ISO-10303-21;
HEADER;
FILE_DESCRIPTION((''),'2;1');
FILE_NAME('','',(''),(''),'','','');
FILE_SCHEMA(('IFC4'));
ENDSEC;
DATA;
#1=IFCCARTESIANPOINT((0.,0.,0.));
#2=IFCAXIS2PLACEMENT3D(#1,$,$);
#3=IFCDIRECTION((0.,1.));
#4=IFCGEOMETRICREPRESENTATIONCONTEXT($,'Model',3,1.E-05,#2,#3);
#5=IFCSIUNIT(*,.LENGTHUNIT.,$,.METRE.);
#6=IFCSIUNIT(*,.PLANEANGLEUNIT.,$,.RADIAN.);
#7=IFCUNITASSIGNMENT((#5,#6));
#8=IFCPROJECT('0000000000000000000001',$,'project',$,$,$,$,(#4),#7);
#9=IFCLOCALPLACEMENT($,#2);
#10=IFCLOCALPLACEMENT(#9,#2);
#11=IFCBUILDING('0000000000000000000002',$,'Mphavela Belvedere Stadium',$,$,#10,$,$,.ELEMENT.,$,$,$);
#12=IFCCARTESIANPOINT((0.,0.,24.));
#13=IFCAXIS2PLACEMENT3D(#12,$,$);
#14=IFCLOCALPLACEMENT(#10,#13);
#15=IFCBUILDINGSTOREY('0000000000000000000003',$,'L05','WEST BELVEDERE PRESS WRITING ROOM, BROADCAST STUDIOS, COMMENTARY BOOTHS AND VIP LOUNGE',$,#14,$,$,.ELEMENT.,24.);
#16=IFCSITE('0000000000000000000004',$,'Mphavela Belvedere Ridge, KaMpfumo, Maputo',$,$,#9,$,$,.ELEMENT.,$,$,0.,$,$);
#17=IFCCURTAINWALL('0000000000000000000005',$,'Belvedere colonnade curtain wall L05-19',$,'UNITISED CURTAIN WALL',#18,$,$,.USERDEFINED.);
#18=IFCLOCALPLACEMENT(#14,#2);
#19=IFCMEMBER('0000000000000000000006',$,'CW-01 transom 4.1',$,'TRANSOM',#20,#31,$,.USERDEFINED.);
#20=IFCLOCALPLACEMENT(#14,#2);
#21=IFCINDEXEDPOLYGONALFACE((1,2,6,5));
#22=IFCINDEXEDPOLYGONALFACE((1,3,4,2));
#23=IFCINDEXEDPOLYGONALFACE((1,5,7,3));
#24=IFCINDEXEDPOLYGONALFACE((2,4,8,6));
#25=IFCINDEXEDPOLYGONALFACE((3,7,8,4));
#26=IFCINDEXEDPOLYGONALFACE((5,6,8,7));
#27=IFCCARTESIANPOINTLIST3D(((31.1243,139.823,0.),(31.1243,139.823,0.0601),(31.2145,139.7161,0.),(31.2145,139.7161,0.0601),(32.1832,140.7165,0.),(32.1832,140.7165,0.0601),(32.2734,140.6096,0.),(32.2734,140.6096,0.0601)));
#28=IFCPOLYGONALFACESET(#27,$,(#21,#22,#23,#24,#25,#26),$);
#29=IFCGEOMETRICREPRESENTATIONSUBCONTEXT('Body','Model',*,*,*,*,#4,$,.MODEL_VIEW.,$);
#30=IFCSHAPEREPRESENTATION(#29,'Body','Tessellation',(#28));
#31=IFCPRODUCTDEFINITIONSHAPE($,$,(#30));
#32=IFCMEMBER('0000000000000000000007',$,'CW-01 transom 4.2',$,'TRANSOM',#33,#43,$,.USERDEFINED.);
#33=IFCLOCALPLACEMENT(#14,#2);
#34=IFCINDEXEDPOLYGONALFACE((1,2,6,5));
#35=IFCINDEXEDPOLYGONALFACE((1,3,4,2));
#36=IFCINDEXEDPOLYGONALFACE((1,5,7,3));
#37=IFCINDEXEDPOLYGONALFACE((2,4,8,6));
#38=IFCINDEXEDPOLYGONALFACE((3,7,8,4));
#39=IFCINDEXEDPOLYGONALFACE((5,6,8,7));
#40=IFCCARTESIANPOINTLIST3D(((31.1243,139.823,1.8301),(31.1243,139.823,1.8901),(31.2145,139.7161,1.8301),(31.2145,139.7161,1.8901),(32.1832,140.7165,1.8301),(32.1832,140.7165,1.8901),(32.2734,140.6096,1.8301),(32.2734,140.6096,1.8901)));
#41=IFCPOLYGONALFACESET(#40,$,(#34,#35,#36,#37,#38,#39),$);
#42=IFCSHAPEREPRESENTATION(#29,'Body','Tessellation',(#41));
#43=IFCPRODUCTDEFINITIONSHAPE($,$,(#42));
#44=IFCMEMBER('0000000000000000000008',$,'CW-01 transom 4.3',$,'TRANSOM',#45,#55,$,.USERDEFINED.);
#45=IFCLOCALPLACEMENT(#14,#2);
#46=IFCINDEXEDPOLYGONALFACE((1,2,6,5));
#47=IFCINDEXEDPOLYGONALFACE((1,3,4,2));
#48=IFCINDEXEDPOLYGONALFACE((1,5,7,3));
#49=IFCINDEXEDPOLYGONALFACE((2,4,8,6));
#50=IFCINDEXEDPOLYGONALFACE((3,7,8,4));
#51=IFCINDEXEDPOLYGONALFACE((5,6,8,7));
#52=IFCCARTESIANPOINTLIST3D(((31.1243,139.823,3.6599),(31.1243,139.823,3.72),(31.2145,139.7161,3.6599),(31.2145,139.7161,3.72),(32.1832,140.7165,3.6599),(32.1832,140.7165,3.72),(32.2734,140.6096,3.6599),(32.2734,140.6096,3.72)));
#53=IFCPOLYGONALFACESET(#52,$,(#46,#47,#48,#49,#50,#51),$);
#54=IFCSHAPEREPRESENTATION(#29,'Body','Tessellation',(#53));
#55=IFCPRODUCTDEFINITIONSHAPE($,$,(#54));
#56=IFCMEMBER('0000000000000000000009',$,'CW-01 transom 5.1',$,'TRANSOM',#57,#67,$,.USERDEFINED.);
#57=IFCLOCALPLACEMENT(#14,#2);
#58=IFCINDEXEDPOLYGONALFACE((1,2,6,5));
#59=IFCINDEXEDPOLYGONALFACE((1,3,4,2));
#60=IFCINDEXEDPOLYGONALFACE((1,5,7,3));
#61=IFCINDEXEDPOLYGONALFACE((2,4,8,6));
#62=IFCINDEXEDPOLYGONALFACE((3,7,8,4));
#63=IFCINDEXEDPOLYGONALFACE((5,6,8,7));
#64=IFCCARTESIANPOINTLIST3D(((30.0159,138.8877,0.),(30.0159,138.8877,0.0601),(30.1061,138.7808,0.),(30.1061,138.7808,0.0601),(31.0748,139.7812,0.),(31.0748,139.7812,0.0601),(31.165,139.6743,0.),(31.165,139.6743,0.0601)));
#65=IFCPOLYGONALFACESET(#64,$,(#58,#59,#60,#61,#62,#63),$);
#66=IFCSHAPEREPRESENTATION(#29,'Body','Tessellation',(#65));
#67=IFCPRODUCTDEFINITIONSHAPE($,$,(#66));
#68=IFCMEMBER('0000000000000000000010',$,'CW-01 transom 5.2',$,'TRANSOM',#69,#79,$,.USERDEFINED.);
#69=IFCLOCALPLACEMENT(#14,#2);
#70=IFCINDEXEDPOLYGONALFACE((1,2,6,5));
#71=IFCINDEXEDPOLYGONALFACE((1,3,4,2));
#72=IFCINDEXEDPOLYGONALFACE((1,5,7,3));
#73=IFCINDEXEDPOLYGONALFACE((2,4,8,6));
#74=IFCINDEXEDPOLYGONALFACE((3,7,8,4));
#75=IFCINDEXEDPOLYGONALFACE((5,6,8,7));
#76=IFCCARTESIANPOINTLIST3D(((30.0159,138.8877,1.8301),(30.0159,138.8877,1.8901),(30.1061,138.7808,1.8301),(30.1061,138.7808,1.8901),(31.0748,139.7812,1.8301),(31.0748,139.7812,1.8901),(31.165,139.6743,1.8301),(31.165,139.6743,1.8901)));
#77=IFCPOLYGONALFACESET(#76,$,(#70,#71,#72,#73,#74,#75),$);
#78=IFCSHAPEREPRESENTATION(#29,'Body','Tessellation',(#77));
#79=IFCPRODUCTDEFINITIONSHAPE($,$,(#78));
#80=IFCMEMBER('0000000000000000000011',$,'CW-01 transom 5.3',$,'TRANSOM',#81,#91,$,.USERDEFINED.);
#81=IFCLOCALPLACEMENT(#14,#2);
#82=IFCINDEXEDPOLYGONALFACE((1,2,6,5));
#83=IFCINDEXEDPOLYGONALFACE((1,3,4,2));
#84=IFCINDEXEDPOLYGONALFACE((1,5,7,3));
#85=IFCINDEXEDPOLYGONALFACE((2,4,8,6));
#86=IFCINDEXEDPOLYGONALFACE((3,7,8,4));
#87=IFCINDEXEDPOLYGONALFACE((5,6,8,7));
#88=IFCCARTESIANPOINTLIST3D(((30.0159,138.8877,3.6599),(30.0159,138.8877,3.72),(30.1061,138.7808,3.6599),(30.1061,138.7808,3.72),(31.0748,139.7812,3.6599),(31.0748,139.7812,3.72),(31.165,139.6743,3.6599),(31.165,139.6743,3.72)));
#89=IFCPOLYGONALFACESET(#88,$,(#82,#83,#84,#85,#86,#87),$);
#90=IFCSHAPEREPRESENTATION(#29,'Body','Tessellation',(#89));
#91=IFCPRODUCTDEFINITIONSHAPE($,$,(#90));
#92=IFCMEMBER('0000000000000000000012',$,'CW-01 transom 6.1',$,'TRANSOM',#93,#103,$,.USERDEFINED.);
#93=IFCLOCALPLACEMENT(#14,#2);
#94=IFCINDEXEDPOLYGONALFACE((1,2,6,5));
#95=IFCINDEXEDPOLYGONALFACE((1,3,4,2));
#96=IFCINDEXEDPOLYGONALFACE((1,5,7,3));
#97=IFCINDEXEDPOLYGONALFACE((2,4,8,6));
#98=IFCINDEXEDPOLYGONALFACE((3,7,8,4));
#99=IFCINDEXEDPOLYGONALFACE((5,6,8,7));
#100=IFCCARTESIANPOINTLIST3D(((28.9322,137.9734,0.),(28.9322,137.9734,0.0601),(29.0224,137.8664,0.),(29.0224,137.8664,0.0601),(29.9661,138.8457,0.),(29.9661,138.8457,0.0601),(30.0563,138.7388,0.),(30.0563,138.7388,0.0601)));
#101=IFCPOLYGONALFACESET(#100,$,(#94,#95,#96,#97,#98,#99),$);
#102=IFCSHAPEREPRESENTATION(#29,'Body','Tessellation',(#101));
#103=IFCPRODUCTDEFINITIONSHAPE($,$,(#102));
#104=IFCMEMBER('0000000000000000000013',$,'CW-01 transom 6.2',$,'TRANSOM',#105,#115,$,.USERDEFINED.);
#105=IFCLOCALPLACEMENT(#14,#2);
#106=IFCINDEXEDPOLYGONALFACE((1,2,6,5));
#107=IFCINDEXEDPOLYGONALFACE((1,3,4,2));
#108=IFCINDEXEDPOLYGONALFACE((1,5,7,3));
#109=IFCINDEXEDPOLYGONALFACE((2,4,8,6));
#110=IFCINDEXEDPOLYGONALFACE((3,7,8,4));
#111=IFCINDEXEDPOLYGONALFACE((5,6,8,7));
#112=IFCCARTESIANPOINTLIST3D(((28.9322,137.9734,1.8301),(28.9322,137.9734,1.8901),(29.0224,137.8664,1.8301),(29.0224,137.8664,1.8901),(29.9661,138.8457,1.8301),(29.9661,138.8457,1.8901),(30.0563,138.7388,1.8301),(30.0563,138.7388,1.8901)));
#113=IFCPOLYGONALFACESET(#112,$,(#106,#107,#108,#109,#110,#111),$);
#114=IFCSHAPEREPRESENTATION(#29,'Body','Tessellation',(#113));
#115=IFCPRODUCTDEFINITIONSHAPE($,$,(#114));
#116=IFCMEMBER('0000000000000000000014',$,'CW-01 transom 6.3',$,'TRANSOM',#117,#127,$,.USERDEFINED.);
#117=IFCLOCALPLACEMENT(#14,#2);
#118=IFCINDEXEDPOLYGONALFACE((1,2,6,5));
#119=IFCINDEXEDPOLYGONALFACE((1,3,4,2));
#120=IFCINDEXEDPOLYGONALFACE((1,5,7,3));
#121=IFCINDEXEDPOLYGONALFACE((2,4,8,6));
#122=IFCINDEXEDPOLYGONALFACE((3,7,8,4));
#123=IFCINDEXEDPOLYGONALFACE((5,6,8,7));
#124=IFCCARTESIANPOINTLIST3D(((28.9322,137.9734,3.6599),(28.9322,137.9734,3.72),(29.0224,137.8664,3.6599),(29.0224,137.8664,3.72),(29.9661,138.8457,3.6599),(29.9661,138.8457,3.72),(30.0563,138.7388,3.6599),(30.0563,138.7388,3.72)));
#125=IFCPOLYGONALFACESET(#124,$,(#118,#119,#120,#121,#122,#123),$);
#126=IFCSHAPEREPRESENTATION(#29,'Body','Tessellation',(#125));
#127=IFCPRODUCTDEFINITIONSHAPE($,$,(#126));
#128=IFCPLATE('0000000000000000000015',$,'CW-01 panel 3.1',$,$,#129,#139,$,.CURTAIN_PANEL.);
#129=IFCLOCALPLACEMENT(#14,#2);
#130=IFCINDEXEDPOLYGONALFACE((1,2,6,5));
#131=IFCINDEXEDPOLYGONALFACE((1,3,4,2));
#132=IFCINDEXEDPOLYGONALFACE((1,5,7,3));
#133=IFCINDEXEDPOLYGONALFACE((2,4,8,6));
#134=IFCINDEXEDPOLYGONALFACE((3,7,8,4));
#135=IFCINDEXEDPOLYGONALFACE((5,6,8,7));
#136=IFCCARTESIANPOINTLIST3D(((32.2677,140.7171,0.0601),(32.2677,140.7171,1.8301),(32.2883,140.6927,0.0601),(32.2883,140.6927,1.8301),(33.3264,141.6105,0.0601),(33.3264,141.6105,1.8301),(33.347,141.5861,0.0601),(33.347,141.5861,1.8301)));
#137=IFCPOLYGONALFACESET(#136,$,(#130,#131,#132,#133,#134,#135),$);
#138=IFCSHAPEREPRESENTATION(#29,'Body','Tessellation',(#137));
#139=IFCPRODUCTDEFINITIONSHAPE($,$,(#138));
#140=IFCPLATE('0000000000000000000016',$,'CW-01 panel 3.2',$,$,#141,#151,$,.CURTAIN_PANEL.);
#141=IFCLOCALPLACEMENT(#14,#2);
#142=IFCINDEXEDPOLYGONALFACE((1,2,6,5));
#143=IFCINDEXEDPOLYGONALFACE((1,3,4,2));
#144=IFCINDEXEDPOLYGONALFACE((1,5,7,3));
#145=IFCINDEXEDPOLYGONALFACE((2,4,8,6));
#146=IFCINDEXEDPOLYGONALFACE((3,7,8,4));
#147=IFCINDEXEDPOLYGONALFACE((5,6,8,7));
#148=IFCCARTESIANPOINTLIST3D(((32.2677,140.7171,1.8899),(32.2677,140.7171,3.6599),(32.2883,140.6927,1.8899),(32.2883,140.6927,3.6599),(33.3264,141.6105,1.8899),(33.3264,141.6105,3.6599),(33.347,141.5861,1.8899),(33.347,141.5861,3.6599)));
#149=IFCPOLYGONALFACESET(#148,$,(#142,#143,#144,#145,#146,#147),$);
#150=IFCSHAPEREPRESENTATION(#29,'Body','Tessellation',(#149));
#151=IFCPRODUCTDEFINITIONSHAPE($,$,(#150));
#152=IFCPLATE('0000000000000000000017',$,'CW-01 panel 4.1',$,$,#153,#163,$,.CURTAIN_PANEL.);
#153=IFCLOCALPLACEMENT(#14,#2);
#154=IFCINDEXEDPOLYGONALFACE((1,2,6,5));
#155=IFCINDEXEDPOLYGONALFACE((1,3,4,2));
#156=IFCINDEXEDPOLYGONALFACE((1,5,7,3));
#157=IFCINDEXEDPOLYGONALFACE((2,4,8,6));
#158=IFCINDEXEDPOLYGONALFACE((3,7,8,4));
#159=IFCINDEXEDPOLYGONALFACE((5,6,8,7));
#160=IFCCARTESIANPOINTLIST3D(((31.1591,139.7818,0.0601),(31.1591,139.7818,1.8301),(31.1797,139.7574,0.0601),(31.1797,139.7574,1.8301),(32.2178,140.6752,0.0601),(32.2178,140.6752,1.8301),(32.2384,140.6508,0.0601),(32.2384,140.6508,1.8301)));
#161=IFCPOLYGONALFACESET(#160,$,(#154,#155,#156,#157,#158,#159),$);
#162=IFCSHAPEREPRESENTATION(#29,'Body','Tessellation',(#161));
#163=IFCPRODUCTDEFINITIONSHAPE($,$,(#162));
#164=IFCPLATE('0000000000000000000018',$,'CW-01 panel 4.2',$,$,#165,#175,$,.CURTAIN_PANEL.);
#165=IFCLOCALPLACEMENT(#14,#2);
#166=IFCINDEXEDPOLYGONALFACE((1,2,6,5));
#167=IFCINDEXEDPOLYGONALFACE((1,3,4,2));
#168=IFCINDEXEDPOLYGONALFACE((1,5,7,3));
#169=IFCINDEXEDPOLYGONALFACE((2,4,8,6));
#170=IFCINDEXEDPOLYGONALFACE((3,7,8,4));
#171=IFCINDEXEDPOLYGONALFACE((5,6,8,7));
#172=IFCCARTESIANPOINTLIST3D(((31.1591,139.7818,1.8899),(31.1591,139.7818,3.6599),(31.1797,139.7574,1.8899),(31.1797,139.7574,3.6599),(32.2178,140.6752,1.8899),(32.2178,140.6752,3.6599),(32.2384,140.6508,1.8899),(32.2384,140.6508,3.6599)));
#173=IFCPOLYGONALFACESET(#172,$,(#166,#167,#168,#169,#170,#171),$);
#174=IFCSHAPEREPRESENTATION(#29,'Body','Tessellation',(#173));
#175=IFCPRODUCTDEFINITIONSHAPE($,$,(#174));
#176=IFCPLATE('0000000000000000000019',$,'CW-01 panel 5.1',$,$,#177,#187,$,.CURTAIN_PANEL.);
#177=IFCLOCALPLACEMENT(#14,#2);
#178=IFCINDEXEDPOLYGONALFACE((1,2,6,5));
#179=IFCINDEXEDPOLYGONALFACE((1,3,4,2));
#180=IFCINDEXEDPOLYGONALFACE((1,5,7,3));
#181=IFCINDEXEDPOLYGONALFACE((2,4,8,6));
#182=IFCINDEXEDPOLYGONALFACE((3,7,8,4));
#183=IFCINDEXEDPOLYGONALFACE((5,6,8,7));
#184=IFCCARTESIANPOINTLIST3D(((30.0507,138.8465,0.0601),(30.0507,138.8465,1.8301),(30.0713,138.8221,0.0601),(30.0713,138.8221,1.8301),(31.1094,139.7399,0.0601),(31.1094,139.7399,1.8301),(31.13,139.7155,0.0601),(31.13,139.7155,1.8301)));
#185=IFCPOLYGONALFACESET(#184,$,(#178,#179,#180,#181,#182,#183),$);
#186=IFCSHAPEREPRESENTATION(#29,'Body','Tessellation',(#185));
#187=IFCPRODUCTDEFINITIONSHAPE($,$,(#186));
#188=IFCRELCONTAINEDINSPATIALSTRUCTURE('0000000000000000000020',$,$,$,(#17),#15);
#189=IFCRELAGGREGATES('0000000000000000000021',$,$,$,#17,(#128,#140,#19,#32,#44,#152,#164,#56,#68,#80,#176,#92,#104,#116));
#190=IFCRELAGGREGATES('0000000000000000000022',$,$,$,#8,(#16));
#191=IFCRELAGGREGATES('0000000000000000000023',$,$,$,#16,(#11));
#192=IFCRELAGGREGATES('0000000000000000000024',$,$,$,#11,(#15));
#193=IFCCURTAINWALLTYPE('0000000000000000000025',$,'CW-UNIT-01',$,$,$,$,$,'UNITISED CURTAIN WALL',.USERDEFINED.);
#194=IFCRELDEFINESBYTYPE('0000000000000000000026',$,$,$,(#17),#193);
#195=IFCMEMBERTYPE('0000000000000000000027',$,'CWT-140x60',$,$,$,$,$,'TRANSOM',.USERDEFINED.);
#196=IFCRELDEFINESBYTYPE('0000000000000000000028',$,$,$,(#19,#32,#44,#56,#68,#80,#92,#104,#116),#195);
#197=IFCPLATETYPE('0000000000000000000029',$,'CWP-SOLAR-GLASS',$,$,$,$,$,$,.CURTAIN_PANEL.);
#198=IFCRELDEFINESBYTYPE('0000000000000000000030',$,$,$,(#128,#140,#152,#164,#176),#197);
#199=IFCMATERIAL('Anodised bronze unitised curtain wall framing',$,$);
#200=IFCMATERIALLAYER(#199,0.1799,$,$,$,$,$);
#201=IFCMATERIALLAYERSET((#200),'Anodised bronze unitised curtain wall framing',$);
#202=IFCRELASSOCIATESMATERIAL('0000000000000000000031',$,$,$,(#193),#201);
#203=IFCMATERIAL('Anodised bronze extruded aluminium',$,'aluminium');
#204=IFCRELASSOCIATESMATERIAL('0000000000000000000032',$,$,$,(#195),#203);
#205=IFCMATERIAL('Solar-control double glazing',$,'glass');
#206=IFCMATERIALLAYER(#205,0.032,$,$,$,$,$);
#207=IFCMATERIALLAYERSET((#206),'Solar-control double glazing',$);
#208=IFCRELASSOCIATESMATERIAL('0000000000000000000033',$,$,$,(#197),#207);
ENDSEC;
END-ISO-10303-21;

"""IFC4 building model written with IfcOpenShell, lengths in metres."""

from ifc_helpers import new_model, si_unit, direction, frame, origin, origin_2d, place, context, subcontext, project, spatial, rectangle, extrude, material, layer, layer_set, material_profile, profile_set, type_object, element, aggregate, save


model = new_model("IFC4")

# Units and contexts
model_context = context("Model", 3, precision=1e-05, world=origin(), true_north=direction((0.0, 1.0)))
body_context = subcontext(model_context, "Body", "Model", "MODEL_VIEW")
ifc_project = project(units=[si_unit("LENGTHUNIT", "METRE"), si_unit("PLANEANGLEUNIT", "RADIAN")], contexts=[model_context])

# Site, building, storey
site_placement = place(None, origin())
site = spatial("IfcSite", under=ifc_project, at=site_placement, Name="Mphavela Belvedere Ridge, KaMpfumo, Maputo", CompositionType="ELEMENT", RefElevation=0.0)
building_placement = place(site_placement, origin())
building = spatial("IfcBuilding", under=site, at=building_placement, Name="Mphavela Belvedere Stadium", CompositionType="ELEMENT")
storey_placement = place(building_placement, frame((0.0, 0.0, 24.0)))
storey = spatial("IfcBuildingStorey", under=building, at=storey_placement, Name="L05", Description="WEST BELVEDERE PRESS WRITING ROOM, BROADCAST STUDIOS, COMMENTARY BOOTHS AND VIP LOUNGE", CompositionType="ELEMENT", Elevation=24.0)

# Curtain wall
ifc_material_1 = material(Name="Anodised bronze unitised curtain wall framing")
ifc_layer_1 = layer(ifc_material_1, 0.1799)
ifc_layer_set_1 = layer_set([ifc_layer_1], Name="Anodised bronze unitised curtain wall framing")
curtain_wall_type_1 = type_object("IfcCurtainWallType", Name="CW-UNIT-01", ElementType="UNITISED CURTAIN WALL", PredefinedType="USERDEFINED", material=ifc_layer_set_1)
curtain_wall_1_placement = place(storey_placement, origin())
curtain_wall_1 = element("IfcCurtainWall", 1, at=curtain_wall_1_placement, inside=storey, type_object=curtain_wall_type_1, Name="Belvedere colonnade curtain wall L05-19", ObjectType="UNITISED CURTAIN WALL", PredefinedType="USERDEFINED")

# Members
ifc_material_2 = material(Name="Anodised bronze extruded aluminium", Category="aluminium")
ifc_material_profile_1 = material_profile(ifc_material_2, rectangle(XDim=0.1399, YDim=0.0601, at=origin_2d()), Name="CW-TRN 140x60")
ifc_profile_set_1 = profile_set([ifc_material_profile_1], Name="Anodised bronze extruded aluminium")
member_type_1 = type_object("IfcMemberType", Name="CWT-140x60", ElementType="TRANSOM", PredefinedType="USERDEFINED", material=ifc_profile_set_1)
member_1_placement = place(storey_placement, frame((32.2283, 140.6631, 0.03), z_axis=(-0.764234, -0.644938, 0.0), x_axis=(0.644938, -0.764234, 0.0)))
member_1 = element("IfcMember", 2, at=member_1_placement, type_object=member_type_1, Name="CW-01 transom 4.1", ObjectType="TRANSOM", PredefinedType="USERDEFINED", context=body_context, shape_type="SweptSolid", body=[
    extrude(rectangle(XDim=0.1399, YDim=0.0601, at=origin_2d()), origin(), (0.0, 0.0, 1.0), 1.3855),
])
member_2_placement = place(storey_placement, frame((32.2283, 140.6631, 1.8601), z_axis=(-0.764234, -0.644938, 0.0), x_axis=(0.644938, -0.764234, 0.0)))
member_2 = element("IfcMember", 3, at=member_2_placement, type_object=member_type_1, Name="CW-01 transom 4.2", ObjectType="TRANSOM", PredefinedType="USERDEFINED", context=body_context, shape_type="SweptSolid", body=[
    extrude(rectangle(XDim=0.1399, YDim=0.0601, at=origin_2d()), origin(), (0.0, 0.0, 1.0), 1.3855),
])
member_3_placement = place(storey_placement, frame((32.2283, 140.6631, 3.6899), z_axis=(-0.764234, -0.644938, 0.0), x_axis=(0.644938, -0.764234, 0.0)))
member_3 = element("IfcMember", 4, at=member_3_placement, type_object=member_type_1, Name="CW-01 transom 4.3", ObjectType="TRANSOM", PredefinedType="USERDEFINED", context=body_context, shape_type="SweptSolid", body=[
    extrude(rectangle(XDim=0.1399, YDim=0.0601, at=origin_2d()), origin(), (0.0, 0.0, 1.0), 1.3855),
])
member_4_placement = place(storey_placement, frame((31.1199, 139.7278, 0.03), z_axis=(-0.764234, -0.644938, 0.0), x_axis=(0.644938, -0.764234, 0.0)))
member_4 = element("IfcMember", 5, at=member_4_placement, type_object=member_type_1, Name="CW-01 transom 5.1", ObjectType="TRANSOM", PredefinedType="USERDEFINED", context=body_context, shape_type="SweptSolid", body=[
    extrude(rectangle(XDim=0.1399, YDim=0.0601, at=origin_2d()), origin(), (0.0, 0.0, 1.0), 1.3855),
])
member_5_placement = place(storey_placement, frame((31.1199, 139.7278, 1.8601), z_axis=(-0.764234, -0.644938, 0.0), x_axis=(0.644938, -0.764234, 0.0)))
member_5 = element("IfcMember", 6, at=member_5_placement, type_object=member_type_1, Name="CW-01 transom 5.2", ObjectType="TRANSOM", PredefinedType="USERDEFINED", context=body_context, shape_type="SweptSolid", body=[
    extrude(rectangle(XDim=0.1399, YDim=0.0601, at=origin_2d()), origin(), (0.0, 0.0, 1.0), 1.3855),
])
member_6_placement = place(storey_placement, frame((31.1199, 139.7278, 3.6899), z_axis=(-0.764234, -0.644938, 0.0), x_axis=(0.644938, -0.764234, 0.0)))
member_6 = element("IfcMember", 7, at=member_6_placement, type_object=member_type_1, Name="CW-01 transom 5.3", ObjectType="TRANSOM", PredefinedType="USERDEFINED", context=body_context, shape_type="SweptSolid", body=[
    extrude(rectangle(XDim=0.1399, YDim=0.0601, at=origin_2d()), origin(), (0.0, 0.0, 1.0), 1.3855),
])
member_7_placement = place(storey_placement, frame((30.0112, 138.7922, 0.03), z_axis=(-0.764317, -0.644841, 0.0), x_axis=(0.644841, -0.764317, 0.0)))
member_7 = element("IfcMember", 8, at=member_7_placement, type_object=member_type_1, Name="CW-01 transom 6.1", ObjectType="TRANSOM", PredefinedType="USERDEFINED", context=body_context, shape_type="SweptSolid", body=[
    extrude(rectangle(XDim=0.1399, YDim=0.0601, at=origin_2d()), origin(), (0.0, 0.0, 1.0), 1.3528),
])
member_8_placement = place(storey_placement, frame((30.0112, 138.7922, 1.8601), z_axis=(-0.764317, -0.644841, 0.0), x_axis=(0.644841, -0.764317, 0.0)))
member_8 = element("IfcMember", 9, at=member_8_placement, type_object=member_type_1, Name="CW-01 transom 6.2", ObjectType="TRANSOM", PredefinedType="USERDEFINED", context=body_context, shape_type="SweptSolid", body=[
    extrude(rectangle(XDim=0.1399, YDim=0.0601, at=origin_2d()), origin(), (0.0, 0.0, 1.0), 1.3528),
])
member_9_placement = place(storey_placement, frame((30.0112, 138.7922, 3.6899), z_axis=(-0.764317, -0.644841, 0.0), x_axis=(0.644841, -0.764317, 0.0)))
member_9 = element("IfcMember", 10, at=member_9_placement, type_object=member_type_1, Name="CW-01 transom 6.3", ObjectType="TRANSOM", PredefinedType="USERDEFINED", context=body_context, shape_type="SweptSolid", body=[
    extrude(rectangle(XDim=0.1399, YDim=0.0601, at=origin_2d()), origin(), (0.0, 0.0, 1.0), 1.3528),
])

# Plates
ifc_material_3 = material(Name="Solar-control double glazing", Category="glass")
ifc_layer_2 = layer(ifc_material_3, 0.032)
ifc_layer_set_2 = layer_set([ifc_layer_2], Name="Solar-control double glazing")
plate_type = type_object("IfcPlateType", Name="CWP-SOLAR-GLASS", PredefinedType="CURTAIN_PANEL", material=ifc_layer_set_2)
plate_1_placement = place(storey_placement, frame((32.8074, 141.1516, 0.0601), z_axis=(0.0, 0.0, 1.0), x_axis=(-0.764253, -0.644916, 0.0)))
plate_1 = element("IfcPlate", 11, at=plate_1_placement, type_object=plate_type, Name="CW-01 panel 3.1", PredefinedType="CURTAIN_PANEL", context=body_context, shape_type="SweptSolid", body=[
    extrude(rectangle(XDim=1.3853, YDim=0.032, at=origin_2d()), origin(), (0.0, 0.0, 1.0), 1.77),
])
plate_2_placement = place(storey_placement, frame((32.8074, 141.1516, 1.8899), z_axis=(0.0, 0.0, 1.0), x_axis=(-0.764253, -0.644916, 0.0)))
plate_2 = element("IfcPlate", 12, at=plate_2_placement, type_object=plate_type, Name="CW-01 panel 3.2", PredefinedType="CURTAIN_PANEL", context=body_context, shape_type="SweptSolid", body=[
    extrude(rectangle(XDim=1.3853, YDim=0.032, at=origin_2d()), origin(), (0.0, 0.0, 1.0), 1.77),
])
plate_3_placement = place(storey_placement, frame((31.6987, 140.2163, 0.0601), z_axis=(0.0, 0.0, 1.0), x_axis=(-0.764253, -0.644916, 0.0)))
plate_3 = element("IfcPlate", 13, at=plate_3_placement, type_object=plate_type, Name="CW-01 panel 4.1", PredefinedType="CURTAIN_PANEL", context=body_context, shape_type="SweptSolid", body=[
    extrude(rectangle(XDim=1.3853, YDim=0.032, at=origin_2d()), origin(), (0.0, 0.0, 1.0), 1.77),
])
plate_4_placement = place(storey_placement, frame((31.6987, 140.2163, 1.8899), z_axis=(0.0, 0.0, 1.0), x_axis=(-0.764253, -0.644916, 0.0)))
plate_4 = element("IfcPlate", 14, at=plate_4_placement, type_object=plate_type, Name="CW-01 panel 4.2", PredefinedType="CURTAIN_PANEL", context=body_context, shape_type="SweptSolid", body=[
    extrude(rectangle(XDim=1.3853, YDim=0.032, at=origin_2d()), origin(), (0.0, 0.0, 1.0), 1.77),
])
plate_5_placement = place(storey_placement, frame((30.5903, 139.281, 0.0601), z_axis=(0.0, 0.0, 1.0), x_axis=(-0.764253, -0.644916, 0.0)))
plate_5 = element("IfcPlate", 15, at=plate_5_placement, type_object=plate_type, Name="CW-01 panel 5.1", PredefinedType="CURTAIN_PANEL", context=body_context, shape_type="SweptSolid", body=[
    extrude(rectangle(XDim=1.3853, YDim=0.032, at=origin_2d()), origin(), (0.0, 0.0, 1.0), 1.77),
])
aggregate(curtain_wall_1, [plate_1, plate_2, member_1, member_2, member_3, plate_3, plate_4, member_4, member_5, member_6, plate_5, member_7, member_8, member_9])

save(model, "model.ifc")
